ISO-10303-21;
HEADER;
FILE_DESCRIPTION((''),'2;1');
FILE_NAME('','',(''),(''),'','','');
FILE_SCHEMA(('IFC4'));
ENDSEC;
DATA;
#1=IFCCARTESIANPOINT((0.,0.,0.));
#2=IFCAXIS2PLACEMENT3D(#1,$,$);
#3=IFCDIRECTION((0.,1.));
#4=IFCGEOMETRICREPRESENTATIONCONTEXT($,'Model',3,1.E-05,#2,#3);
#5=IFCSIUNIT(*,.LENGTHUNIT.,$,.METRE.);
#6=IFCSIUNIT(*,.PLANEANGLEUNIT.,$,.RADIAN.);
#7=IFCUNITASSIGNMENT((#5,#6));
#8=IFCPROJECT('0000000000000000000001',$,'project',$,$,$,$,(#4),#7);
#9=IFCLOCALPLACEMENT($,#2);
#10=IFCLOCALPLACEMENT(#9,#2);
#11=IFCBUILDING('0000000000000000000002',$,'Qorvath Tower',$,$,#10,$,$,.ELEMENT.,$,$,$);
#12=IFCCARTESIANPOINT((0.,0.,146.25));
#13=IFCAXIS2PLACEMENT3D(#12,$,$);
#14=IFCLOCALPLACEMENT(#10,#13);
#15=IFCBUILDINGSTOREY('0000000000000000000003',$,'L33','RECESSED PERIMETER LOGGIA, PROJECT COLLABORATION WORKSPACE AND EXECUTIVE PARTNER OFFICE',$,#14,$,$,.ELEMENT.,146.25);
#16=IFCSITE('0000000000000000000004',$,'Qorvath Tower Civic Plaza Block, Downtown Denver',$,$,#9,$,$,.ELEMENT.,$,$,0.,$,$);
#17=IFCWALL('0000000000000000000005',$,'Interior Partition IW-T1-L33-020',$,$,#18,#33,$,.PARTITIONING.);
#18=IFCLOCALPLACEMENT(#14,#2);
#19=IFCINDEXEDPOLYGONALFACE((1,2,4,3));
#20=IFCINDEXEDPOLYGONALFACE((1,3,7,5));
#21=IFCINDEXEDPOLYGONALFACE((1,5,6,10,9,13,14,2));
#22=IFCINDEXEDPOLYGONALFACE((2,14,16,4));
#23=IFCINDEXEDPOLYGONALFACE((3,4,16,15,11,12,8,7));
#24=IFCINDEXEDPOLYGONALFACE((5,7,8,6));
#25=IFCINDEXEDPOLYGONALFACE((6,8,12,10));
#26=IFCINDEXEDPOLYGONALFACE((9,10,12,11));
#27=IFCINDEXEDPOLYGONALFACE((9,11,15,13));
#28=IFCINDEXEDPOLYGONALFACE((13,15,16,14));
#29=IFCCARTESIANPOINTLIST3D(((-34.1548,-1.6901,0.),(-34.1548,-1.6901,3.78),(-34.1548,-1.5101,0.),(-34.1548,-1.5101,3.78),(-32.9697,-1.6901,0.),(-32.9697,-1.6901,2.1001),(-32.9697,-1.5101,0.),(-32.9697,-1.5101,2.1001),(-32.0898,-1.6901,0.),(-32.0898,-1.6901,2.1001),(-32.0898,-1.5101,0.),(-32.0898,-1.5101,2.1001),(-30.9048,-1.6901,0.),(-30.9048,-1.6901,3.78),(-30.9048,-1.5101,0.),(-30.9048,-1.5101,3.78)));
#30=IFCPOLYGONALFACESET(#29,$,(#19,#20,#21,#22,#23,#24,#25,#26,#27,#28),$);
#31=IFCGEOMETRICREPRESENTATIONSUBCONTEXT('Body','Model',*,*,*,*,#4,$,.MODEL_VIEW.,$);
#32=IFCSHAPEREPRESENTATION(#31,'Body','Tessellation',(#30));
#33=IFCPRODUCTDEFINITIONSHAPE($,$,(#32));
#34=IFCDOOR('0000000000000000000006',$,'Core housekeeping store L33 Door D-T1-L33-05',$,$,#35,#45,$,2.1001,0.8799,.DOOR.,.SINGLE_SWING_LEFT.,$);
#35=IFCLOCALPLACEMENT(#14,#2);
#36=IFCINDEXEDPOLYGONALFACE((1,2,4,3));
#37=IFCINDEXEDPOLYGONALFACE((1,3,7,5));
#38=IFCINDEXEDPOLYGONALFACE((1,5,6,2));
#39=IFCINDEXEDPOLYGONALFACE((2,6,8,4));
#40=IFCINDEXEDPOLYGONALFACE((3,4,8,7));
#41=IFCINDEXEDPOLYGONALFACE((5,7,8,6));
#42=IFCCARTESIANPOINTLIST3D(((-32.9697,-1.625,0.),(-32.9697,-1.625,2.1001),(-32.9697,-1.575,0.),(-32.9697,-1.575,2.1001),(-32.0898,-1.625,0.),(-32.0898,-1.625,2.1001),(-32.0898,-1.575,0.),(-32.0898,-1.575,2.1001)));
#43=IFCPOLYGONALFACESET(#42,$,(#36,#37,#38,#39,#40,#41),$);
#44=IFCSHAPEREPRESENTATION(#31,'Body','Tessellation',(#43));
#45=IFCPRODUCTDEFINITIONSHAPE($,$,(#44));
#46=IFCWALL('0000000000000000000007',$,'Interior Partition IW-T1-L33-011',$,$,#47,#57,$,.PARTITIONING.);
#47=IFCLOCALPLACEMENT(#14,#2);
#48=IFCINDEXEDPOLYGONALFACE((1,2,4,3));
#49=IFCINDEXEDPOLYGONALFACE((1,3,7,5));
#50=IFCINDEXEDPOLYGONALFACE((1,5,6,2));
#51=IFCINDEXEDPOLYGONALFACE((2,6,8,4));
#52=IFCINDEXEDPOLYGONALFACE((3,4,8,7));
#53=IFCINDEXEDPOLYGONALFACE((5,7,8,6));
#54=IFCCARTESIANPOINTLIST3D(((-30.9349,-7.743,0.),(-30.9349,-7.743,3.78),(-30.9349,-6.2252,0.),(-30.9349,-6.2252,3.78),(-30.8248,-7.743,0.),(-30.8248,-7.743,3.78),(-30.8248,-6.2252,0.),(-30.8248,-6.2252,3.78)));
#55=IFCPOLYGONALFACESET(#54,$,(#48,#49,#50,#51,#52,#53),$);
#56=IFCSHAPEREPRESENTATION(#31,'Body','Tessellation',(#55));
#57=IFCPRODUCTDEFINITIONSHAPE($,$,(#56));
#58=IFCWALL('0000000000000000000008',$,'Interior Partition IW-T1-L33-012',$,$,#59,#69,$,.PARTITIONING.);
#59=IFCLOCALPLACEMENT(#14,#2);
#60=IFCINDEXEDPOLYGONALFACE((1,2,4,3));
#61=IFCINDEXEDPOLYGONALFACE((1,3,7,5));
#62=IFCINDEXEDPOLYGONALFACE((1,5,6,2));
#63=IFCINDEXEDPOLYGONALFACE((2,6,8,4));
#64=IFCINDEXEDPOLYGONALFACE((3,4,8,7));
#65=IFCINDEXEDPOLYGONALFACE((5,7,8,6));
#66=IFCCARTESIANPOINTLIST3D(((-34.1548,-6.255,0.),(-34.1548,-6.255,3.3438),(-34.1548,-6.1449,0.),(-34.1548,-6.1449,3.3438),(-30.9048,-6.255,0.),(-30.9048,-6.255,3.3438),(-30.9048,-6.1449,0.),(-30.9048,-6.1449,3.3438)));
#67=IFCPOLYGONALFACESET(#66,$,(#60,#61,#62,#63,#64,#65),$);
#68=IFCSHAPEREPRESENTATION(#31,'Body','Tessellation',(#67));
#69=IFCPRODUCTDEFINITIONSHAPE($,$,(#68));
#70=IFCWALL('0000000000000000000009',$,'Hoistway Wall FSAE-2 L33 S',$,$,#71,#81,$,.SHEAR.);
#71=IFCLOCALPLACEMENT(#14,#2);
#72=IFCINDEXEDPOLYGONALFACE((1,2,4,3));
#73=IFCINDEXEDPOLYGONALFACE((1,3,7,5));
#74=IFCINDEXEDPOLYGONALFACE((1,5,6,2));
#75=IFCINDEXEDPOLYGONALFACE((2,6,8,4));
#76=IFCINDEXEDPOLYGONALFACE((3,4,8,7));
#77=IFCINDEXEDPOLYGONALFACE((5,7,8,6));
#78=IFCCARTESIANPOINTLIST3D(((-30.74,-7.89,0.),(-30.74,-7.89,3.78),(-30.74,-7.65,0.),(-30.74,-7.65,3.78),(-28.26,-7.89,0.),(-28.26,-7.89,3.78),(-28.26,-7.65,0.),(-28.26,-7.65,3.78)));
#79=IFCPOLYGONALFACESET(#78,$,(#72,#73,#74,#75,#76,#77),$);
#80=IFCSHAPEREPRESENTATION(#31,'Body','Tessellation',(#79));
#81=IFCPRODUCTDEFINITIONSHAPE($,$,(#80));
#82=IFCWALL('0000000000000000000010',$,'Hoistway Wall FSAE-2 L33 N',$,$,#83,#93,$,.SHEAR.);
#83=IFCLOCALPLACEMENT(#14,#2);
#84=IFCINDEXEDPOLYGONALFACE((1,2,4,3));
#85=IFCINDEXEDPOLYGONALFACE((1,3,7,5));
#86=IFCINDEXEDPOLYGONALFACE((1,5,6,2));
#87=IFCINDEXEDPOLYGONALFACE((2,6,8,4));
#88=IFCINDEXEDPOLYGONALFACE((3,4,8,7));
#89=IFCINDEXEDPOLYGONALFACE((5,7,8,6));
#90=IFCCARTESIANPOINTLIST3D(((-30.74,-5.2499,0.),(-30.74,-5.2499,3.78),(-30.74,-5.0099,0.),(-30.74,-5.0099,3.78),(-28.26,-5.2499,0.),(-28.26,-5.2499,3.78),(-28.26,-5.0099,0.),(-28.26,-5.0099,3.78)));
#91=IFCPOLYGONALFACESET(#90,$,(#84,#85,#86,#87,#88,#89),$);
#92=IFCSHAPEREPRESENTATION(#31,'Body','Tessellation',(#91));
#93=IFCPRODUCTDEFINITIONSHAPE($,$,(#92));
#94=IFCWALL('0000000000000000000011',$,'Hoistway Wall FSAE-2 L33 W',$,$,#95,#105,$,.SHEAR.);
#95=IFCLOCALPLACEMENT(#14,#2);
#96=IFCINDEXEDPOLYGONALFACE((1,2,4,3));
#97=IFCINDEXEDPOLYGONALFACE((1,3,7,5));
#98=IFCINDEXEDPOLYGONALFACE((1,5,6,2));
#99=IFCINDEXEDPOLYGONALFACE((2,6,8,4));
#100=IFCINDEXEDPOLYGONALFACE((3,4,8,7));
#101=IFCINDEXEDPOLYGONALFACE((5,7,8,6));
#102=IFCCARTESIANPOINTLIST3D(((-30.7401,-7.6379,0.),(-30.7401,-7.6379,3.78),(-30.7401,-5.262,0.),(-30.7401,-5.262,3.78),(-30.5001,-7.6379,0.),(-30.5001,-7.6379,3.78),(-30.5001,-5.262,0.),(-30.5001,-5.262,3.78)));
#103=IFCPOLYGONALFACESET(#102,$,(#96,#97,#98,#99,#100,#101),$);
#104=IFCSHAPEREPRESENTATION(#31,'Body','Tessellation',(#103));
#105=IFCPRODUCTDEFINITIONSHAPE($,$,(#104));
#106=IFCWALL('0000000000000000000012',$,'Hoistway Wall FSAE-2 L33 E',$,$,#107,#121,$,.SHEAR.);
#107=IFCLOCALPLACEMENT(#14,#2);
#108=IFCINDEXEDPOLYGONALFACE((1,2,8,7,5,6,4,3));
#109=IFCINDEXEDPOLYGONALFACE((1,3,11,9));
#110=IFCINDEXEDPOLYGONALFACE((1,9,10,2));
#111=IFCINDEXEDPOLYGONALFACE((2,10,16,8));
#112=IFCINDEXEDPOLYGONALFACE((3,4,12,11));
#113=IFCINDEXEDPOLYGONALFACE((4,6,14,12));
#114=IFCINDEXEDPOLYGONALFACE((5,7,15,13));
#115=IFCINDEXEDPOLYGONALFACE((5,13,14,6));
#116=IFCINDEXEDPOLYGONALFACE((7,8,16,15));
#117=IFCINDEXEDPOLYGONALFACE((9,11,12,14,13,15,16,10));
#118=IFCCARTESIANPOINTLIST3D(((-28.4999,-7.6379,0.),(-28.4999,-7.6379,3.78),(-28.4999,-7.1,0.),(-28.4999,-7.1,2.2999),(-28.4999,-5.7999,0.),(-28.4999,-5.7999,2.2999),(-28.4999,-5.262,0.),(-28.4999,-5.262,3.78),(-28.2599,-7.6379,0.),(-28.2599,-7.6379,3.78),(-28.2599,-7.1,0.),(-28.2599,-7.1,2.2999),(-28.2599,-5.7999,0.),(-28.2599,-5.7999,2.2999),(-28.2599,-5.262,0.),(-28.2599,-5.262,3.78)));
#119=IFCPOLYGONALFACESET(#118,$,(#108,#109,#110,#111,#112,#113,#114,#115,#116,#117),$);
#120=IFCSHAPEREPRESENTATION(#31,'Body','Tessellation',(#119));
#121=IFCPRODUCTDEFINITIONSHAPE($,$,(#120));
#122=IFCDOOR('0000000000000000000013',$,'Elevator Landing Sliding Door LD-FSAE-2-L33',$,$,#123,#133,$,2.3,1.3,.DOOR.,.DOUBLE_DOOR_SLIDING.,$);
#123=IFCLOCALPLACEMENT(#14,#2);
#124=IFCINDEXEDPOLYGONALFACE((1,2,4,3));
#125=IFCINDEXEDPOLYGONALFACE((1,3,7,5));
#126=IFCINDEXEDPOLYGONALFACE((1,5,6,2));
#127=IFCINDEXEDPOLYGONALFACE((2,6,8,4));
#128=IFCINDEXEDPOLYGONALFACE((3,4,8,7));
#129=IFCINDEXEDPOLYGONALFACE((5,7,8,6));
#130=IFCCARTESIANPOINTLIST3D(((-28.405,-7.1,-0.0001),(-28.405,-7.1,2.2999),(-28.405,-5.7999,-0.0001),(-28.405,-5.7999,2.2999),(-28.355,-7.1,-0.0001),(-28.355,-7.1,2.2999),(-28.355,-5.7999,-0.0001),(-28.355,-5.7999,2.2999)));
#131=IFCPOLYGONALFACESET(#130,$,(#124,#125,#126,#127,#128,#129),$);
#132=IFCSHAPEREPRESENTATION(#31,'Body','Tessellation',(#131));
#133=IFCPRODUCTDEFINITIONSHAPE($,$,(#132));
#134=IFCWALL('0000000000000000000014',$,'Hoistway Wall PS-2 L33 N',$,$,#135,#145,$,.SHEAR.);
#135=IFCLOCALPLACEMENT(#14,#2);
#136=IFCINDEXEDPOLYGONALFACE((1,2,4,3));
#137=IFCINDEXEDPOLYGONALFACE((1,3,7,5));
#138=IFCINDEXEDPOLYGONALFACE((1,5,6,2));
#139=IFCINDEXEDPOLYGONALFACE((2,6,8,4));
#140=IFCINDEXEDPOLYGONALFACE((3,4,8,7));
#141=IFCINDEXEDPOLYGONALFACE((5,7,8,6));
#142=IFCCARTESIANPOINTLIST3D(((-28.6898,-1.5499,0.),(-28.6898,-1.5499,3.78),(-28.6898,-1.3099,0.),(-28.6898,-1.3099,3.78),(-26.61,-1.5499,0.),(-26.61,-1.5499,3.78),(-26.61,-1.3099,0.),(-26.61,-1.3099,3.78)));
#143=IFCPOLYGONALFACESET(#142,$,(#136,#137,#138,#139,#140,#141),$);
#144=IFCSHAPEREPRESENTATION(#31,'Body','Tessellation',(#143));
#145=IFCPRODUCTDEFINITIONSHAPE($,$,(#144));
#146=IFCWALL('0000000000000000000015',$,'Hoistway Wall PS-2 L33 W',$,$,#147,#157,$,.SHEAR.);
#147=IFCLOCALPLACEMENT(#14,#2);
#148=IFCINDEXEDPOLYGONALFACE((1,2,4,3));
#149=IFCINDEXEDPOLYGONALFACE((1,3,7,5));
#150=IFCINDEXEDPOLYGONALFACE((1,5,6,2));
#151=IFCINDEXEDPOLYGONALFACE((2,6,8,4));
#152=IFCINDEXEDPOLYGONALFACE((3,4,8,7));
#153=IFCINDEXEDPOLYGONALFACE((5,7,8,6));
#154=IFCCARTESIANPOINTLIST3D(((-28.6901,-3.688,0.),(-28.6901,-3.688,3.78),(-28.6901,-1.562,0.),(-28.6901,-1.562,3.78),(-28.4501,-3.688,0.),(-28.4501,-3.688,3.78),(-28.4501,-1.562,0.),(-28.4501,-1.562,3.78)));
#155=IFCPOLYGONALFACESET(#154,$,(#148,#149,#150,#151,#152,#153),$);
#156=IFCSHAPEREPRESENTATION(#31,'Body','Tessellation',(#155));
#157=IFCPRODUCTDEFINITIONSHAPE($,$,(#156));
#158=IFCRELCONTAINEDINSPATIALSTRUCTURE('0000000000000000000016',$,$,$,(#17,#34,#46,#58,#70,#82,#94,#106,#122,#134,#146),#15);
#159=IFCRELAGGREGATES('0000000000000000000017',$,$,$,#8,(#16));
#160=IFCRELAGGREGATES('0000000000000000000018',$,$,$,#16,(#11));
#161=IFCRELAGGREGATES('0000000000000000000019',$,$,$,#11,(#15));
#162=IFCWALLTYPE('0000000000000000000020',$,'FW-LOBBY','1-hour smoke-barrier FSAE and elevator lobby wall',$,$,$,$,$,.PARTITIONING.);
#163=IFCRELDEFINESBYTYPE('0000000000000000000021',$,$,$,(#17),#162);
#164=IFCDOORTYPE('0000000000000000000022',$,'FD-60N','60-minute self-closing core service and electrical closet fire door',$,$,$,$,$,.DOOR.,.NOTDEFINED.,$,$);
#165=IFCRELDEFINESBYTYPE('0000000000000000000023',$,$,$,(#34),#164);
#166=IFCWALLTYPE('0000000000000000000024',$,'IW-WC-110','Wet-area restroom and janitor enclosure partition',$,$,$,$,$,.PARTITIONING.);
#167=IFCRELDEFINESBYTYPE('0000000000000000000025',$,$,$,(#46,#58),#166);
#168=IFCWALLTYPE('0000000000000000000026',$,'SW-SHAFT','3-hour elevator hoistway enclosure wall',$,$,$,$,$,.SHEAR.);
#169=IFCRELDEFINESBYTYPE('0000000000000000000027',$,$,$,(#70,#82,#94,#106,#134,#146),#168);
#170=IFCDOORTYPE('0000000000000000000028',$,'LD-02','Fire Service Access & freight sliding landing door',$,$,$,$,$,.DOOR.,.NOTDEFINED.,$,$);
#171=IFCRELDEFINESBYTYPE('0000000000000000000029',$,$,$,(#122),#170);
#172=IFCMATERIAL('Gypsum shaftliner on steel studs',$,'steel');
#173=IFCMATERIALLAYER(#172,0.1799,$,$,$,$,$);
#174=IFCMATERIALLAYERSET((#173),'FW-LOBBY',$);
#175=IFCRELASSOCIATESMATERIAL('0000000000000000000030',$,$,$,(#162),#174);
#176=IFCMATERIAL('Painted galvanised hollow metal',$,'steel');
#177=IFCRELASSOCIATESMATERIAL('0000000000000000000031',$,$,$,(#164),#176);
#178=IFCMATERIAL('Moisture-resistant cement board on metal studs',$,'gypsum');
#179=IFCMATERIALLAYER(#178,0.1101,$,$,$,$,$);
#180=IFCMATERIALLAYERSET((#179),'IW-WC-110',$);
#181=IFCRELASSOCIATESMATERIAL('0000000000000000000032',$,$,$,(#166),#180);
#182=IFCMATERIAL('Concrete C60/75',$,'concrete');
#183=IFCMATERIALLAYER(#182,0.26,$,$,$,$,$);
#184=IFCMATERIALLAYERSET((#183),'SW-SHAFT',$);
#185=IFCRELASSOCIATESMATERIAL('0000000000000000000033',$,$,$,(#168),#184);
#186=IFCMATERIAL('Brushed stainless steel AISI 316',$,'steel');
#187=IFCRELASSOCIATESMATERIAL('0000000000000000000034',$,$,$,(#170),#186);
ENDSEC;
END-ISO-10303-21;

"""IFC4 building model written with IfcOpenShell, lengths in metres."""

from ifc_helpers import new_model, si_unit, direction, frame, frame_2d, origin, place, context, subcontext, project, spatial, rectangle, extrude, material, layer, layer_set, type_object, element, fill, save


model = new_model("IFC4")

# Units and contexts
model_context = context("Model", 3, precision=1e-05, world=origin(), true_north=direction((0.0, 1.0)))
body_context = subcontext(model_context, "Body", "Model", "MODEL_VIEW")
ifc_project = project(units=[si_unit("LENGTHUNIT", "METRE"), si_unit("PLANEANGLEUNIT", "RADIAN")], contexts=[model_context])

# Site, building, storey
site_placement = place(None, origin())
site = spatial("IfcSite", under=ifc_project, at=site_placement, Name="Qorvath Tower Civic Plaza Block, Downtown Denver", CompositionType="ELEMENT", RefElevation=0.0)
building_placement = place(site_placement, origin())
building = spatial("IfcBuilding", under=site, at=building_placement, Name="Qorvath Tower", CompositionType="ELEMENT")
storey_placement = place(building_placement, frame((0.0, 0.0, 146.25)))
storey = spatial("IfcBuildingStorey", under=building, at=storey_placement, Name="L33", Description="RECESSED PERIMETER LOGGIA, PROJECT COLLABORATION WORKSPACE AND EXECUTIVE PARTNER OFFICE", CompositionType="ELEMENT", Elevation=146.25)

# Shared definitions
ifc_material_1 = material(Name="Gypsum shaftliner on steel studs", Category="steel")
ifc_layer_1 = layer(ifc_material_1, 0.1799)
ifc_layer_set_1 = layer_set([ifc_layer_1], Name="FW-LOBBY")
wall_type_1 = type_object("IfcWallType", Name="FW-LOBBY", Description="1-hour smoke-barrier FSAE and elevator lobby wall", PredefinedType="PARTITIONING", material=ifc_layer_set_1)

# Wall, opening, door
wall_1_placement = place(storey_placement, frame((-30.9048, -1.6001, 0.0), z_axis=(0.0, 0.0, 1.0), x_axis=(-1.0, 0.0, 0.0)))
wall_1 = element("IfcWall", 1, at=wall_1_placement, inside=storey, type_object=wall_type_1, Name="Interior Partition IW-T1-L33-020", PredefinedType="PARTITIONING", context=body_context, shape_type="SweptSolid", body=[
    extrude(rectangle(XDim=3.25, YDim=0.1799, at=frame_2d((1.625, 0.0))), origin(), (0.0, 0.0, 1.0), 3.78),
])
opening_1_placement = place(wall_1_placement, frame((1.1851, 0.0, 0.0)))
opening_1 = element("IfcOpeningElement", 2, at=opening_1_placement, cuts=wall_1, PredefinedType="OPENING", context=body_context, shape_type="SweptSolid", body=[
    extrude(rectangle(XDim=0.8799, YDim=2.1001, at=frame_2d((0.4399, 1.05))), frame((0.0, 0.1001, 0.0), z_axis=(0.0, -1.0, 0.0), x_axis=(1.0, 0.0, 0.0)), (0.0, 0.0, 1.0), 0.2),
])
ifc_material_2 = material(Name="Painted galvanised hollow metal", Category="steel")
door_type_1 = type_object("IfcDoorType", Name="FD-60N", Description="60-minute self-closing core service and electrical closet fire door", OperationType="NOTDEFINED", PredefinedType="DOOR", material=ifc_material_2)
door_1_placement = place(opening_1_placement, origin())
door_1 = element("IfcDoor", 3, at=door_1_placement, inside=storey, type_object=door_type_1, Name="Core housekeeping store L33 Door D-T1-L33-05", OperationType="SINGLE_SWING_LEFT", OverallHeight=2.1001, OverallWidth=0.8799, PredefinedType="DOOR", context=body_context, shape_type="SweptSolid", body=[
    extrude(rectangle(XDim=0.8799, YDim=2.1001, at=frame_2d((0.4399, 1.05))), frame((0.0, 0.0249, 0.0), z_axis=(0.0, -1.0, 0.0), x_axis=(1.0, 0.0, 0.0)), (0.0, 0.0, 1.0), 0.05),
])
fill(opening_1, door_1)

# Walls
ifc_material_3 = material(Name="Moisture-resistant cement board on metal studs", Category="gypsum")
ifc_layer_2 = layer(ifc_material_3, 0.1101)
ifc_layer_set_2 = layer_set([ifc_layer_2], Name="IW-WC-110")
wall_type_2 = type_object("IfcWallType", Name="IW-WC-110", Description="Wet-area restroom and janitor enclosure partition", PredefinedType="PARTITIONING", material=ifc_layer_set_2)
wall_2_placement = place(storey_placement, frame((-30.8799, -7.7429, 0.0), z_axis=(0.0, 0.0, 1.0), x_axis=(0.0, 1.0, 0.0)))
element("IfcWall", 4, at=wall_2_placement, inside=storey, type_object=wall_type_2, Name="Interior Partition IW-T1-L33-011", PredefinedType="PARTITIONING", context=body_context, shape_type="SweptSolid", body=[
    extrude(rectangle(XDim=1.5178, YDim=0.1101, at=frame_2d((0.7588, 0.0))), origin(), (0.0, 0.0, 1.0), 3.78),
])
wall_3_placement = place(storey_placement, frame((-30.9048, -6.2, 0.0), z_axis=(0.0, 0.0, 1.0), x_axis=(-1.0, 0.0, 0.0)))
element("IfcWall", 5, at=wall_3_placement, inside=storey, type_object=wall_type_2, Name="Interior Partition IW-T1-L33-012", PredefinedType="PARTITIONING", context=body_context, shape_type="SweptSolid", body=[
    extrude(rectangle(XDim=3.25, YDim=0.1101, at=frame_2d((1.625, 0.0))), origin(), (0.0, 0.0, 1.0), 3.3438),
])
ifc_material_4 = material(Name="Concrete C60/75", Category="concrete")
ifc_layer_3 = layer(ifc_material_4, 0.26)
ifc_layer_set_3 = layer_set([ifc_layer_3], Name="SW-SHAFT")
wall_type_3 = type_object("IfcWallType", Name="SW-SHAFT", Description="3-hour elevator hoistway enclosure wall", PredefinedType="SHEAR", material=ifc_layer_set_3)
for number, where, z_axis, x_axis, name in (
    (6, (-28.26, -7.77, 0.0), (0.0, 0.0, 1.0), (-1.0, 0.0, 0.0), "Hoistway Wall FSAE-2 L33 S"),
    (7, (-30.74, -5.1299, 0.0), (0.0, 0.0, 1.0), (1.0, 0.0, 0.0), "Hoistway Wall FSAE-2 L33 N"),
):
    element("IfcWall", number, at=place(storey_placement, frame(where, z_axis=z_axis, x_axis=x_axis)), inside=storey, type_object=wall_type_3, Name=name, PredefinedType="SHEAR", context=body_context, shape_type="SweptSolid", body=[
        extrude(rectangle(XDim=2.48, YDim=0.24, at=frame_2d((1.24, 0.0))), origin(), (0.0, 0.0, 1.0), 3.78),
    ])
wall_4_placement = place(storey_placement, frame((-30.6201, -7.6379, 0.0), z_axis=(0.0, 0.0, 1.0), x_axis=(0.0, 1.0, 0.0)))
element("IfcWall", 8, at=wall_4_placement, inside=storey, type_object=wall_type_3, Name="Hoistway Wall FSAE-2 L33 W", PredefinedType="SHEAR", context=body_context, shape_type="SweptSolid", body=[
    extrude(rectangle(XDim=2.376, YDim=0.24, at=frame_2d((1.188, 0.0))), origin(), (0.0, 0.0, 1.0), 3.78),
])

# Wall, opening, door
wall_5_placement = place(storey_placement, frame((-28.3799, -5.262, 0.0), z_axis=(0.0, 0.0, 1.0), x_axis=(0.0, -1.0, 0.0)))
wall_5 = element("IfcWall", 9, at=wall_5_placement, inside=storey, type_object=wall_type_3, Name="Hoistway Wall FSAE-2 L33 E", PredefinedType="SHEAR", context=body_context, shape_type="SweptSolid", body=[
    extrude(rectangle(XDim=2.376, YDim=0.24, at=frame_2d((1.188, 0.0))), origin(), (0.0, 0.0, 1.0), 3.78),
])
opening_2_placement = place(wall_5_placement, frame((0.5381, 0.0, 0.0)))
opening_2 = element("IfcOpeningElement", 10, at=opening_2_placement, cuts=wall_5, PredefinedType="OPENING", context=body_context, shape_type="SweptSolid", body=[
    extrude(rectangle(XDim=1.3, YDim=2.3, at=frame_2d((0.6499, 1.1499))), frame((0.0, 0.1299, 0.0), z_axis=(0.0, -1.0, 0.0), x_axis=(1.0, 0.0, 0.0)), (0.0, 0.0, 1.0), 0.26),
])
ifc_material_5 = material(Name="Brushed stainless steel AISI 316", Category="steel")
door_type_2 = type_object("IfcDoorType", Name="LD-02", Description="Fire Service Access & freight sliding landing door", OperationType="NOTDEFINED", PredefinedType="DOOR", material=ifc_material_5)
door_2_placement = place(opening_2_placement, origin())
door_2 = element("IfcDoor", 11, at=door_2_placement, inside=storey, type_object=door_type_2, Name="Elevator Landing Sliding Door LD-FSAE-2-L33", OperationType="DOUBLE_DOOR_SLIDING", OverallHeight=2.3, OverallWidth=1.3, PredefinedType="DOOR", context=body_context, shape_type="SweptSolid", body=[
    extrude(rectangle(XDim=1.3, YDim=2.3, at=frame_2d((0.6499, 1.1499))), frame((0.0, 0.0249, 0.0), z_axis=(0.0, -1.0, 0.0), x_axis=(1.0, 0.0, 0.0)), (0.0, 0.0, 1.0), 0.05),
])
fill(opening_2, door_2)

# Walls
wall_6_placement = place(storey_placement, frame((-28.6899, -1.4299, 0.0), z_axis=(0.0, 0.0, 1.0), x_axis=(1.0, 0.0, 0.0)))
element("IfcWall", 12, at=wall_6_placement, inside=storey, type_object=wall_type_3, Name="Hoistway Wall PS-2 L33 N", PredefinedType="SHEAR", context=body_context, shape_type="SweptSolid", body=[
    extrude(rectangle(XDim=2.0798, YDim=0.24, at=frame_2d((1.04, 0.0))), origin(), (0.0, 0.0, 1.0), 3.78),
])
wall_7_placement = place(storey_placement, frame((-28.5701, -3.688, 0.0), z_axis=(0.0, 0.0, 1.0), x_axis=(0.0, 1.0, 0.0)))
element("IfcWall", 13, at=wall_7_placement, inside=storey, type_object=wall_type_3, Name="Hoistway Wall PS-2 L33 W", PredefinedType="SHEAR", context=body_context, shape_type="SweptSolid", body=[
    extrude(rectangle(XDim=2.126, YDim=0.24, at=frame_2d((1.063, 0.0))), origin(), (0.0, 0.0, 1.0), 3.78),
])

save(model, "model.ifc")
